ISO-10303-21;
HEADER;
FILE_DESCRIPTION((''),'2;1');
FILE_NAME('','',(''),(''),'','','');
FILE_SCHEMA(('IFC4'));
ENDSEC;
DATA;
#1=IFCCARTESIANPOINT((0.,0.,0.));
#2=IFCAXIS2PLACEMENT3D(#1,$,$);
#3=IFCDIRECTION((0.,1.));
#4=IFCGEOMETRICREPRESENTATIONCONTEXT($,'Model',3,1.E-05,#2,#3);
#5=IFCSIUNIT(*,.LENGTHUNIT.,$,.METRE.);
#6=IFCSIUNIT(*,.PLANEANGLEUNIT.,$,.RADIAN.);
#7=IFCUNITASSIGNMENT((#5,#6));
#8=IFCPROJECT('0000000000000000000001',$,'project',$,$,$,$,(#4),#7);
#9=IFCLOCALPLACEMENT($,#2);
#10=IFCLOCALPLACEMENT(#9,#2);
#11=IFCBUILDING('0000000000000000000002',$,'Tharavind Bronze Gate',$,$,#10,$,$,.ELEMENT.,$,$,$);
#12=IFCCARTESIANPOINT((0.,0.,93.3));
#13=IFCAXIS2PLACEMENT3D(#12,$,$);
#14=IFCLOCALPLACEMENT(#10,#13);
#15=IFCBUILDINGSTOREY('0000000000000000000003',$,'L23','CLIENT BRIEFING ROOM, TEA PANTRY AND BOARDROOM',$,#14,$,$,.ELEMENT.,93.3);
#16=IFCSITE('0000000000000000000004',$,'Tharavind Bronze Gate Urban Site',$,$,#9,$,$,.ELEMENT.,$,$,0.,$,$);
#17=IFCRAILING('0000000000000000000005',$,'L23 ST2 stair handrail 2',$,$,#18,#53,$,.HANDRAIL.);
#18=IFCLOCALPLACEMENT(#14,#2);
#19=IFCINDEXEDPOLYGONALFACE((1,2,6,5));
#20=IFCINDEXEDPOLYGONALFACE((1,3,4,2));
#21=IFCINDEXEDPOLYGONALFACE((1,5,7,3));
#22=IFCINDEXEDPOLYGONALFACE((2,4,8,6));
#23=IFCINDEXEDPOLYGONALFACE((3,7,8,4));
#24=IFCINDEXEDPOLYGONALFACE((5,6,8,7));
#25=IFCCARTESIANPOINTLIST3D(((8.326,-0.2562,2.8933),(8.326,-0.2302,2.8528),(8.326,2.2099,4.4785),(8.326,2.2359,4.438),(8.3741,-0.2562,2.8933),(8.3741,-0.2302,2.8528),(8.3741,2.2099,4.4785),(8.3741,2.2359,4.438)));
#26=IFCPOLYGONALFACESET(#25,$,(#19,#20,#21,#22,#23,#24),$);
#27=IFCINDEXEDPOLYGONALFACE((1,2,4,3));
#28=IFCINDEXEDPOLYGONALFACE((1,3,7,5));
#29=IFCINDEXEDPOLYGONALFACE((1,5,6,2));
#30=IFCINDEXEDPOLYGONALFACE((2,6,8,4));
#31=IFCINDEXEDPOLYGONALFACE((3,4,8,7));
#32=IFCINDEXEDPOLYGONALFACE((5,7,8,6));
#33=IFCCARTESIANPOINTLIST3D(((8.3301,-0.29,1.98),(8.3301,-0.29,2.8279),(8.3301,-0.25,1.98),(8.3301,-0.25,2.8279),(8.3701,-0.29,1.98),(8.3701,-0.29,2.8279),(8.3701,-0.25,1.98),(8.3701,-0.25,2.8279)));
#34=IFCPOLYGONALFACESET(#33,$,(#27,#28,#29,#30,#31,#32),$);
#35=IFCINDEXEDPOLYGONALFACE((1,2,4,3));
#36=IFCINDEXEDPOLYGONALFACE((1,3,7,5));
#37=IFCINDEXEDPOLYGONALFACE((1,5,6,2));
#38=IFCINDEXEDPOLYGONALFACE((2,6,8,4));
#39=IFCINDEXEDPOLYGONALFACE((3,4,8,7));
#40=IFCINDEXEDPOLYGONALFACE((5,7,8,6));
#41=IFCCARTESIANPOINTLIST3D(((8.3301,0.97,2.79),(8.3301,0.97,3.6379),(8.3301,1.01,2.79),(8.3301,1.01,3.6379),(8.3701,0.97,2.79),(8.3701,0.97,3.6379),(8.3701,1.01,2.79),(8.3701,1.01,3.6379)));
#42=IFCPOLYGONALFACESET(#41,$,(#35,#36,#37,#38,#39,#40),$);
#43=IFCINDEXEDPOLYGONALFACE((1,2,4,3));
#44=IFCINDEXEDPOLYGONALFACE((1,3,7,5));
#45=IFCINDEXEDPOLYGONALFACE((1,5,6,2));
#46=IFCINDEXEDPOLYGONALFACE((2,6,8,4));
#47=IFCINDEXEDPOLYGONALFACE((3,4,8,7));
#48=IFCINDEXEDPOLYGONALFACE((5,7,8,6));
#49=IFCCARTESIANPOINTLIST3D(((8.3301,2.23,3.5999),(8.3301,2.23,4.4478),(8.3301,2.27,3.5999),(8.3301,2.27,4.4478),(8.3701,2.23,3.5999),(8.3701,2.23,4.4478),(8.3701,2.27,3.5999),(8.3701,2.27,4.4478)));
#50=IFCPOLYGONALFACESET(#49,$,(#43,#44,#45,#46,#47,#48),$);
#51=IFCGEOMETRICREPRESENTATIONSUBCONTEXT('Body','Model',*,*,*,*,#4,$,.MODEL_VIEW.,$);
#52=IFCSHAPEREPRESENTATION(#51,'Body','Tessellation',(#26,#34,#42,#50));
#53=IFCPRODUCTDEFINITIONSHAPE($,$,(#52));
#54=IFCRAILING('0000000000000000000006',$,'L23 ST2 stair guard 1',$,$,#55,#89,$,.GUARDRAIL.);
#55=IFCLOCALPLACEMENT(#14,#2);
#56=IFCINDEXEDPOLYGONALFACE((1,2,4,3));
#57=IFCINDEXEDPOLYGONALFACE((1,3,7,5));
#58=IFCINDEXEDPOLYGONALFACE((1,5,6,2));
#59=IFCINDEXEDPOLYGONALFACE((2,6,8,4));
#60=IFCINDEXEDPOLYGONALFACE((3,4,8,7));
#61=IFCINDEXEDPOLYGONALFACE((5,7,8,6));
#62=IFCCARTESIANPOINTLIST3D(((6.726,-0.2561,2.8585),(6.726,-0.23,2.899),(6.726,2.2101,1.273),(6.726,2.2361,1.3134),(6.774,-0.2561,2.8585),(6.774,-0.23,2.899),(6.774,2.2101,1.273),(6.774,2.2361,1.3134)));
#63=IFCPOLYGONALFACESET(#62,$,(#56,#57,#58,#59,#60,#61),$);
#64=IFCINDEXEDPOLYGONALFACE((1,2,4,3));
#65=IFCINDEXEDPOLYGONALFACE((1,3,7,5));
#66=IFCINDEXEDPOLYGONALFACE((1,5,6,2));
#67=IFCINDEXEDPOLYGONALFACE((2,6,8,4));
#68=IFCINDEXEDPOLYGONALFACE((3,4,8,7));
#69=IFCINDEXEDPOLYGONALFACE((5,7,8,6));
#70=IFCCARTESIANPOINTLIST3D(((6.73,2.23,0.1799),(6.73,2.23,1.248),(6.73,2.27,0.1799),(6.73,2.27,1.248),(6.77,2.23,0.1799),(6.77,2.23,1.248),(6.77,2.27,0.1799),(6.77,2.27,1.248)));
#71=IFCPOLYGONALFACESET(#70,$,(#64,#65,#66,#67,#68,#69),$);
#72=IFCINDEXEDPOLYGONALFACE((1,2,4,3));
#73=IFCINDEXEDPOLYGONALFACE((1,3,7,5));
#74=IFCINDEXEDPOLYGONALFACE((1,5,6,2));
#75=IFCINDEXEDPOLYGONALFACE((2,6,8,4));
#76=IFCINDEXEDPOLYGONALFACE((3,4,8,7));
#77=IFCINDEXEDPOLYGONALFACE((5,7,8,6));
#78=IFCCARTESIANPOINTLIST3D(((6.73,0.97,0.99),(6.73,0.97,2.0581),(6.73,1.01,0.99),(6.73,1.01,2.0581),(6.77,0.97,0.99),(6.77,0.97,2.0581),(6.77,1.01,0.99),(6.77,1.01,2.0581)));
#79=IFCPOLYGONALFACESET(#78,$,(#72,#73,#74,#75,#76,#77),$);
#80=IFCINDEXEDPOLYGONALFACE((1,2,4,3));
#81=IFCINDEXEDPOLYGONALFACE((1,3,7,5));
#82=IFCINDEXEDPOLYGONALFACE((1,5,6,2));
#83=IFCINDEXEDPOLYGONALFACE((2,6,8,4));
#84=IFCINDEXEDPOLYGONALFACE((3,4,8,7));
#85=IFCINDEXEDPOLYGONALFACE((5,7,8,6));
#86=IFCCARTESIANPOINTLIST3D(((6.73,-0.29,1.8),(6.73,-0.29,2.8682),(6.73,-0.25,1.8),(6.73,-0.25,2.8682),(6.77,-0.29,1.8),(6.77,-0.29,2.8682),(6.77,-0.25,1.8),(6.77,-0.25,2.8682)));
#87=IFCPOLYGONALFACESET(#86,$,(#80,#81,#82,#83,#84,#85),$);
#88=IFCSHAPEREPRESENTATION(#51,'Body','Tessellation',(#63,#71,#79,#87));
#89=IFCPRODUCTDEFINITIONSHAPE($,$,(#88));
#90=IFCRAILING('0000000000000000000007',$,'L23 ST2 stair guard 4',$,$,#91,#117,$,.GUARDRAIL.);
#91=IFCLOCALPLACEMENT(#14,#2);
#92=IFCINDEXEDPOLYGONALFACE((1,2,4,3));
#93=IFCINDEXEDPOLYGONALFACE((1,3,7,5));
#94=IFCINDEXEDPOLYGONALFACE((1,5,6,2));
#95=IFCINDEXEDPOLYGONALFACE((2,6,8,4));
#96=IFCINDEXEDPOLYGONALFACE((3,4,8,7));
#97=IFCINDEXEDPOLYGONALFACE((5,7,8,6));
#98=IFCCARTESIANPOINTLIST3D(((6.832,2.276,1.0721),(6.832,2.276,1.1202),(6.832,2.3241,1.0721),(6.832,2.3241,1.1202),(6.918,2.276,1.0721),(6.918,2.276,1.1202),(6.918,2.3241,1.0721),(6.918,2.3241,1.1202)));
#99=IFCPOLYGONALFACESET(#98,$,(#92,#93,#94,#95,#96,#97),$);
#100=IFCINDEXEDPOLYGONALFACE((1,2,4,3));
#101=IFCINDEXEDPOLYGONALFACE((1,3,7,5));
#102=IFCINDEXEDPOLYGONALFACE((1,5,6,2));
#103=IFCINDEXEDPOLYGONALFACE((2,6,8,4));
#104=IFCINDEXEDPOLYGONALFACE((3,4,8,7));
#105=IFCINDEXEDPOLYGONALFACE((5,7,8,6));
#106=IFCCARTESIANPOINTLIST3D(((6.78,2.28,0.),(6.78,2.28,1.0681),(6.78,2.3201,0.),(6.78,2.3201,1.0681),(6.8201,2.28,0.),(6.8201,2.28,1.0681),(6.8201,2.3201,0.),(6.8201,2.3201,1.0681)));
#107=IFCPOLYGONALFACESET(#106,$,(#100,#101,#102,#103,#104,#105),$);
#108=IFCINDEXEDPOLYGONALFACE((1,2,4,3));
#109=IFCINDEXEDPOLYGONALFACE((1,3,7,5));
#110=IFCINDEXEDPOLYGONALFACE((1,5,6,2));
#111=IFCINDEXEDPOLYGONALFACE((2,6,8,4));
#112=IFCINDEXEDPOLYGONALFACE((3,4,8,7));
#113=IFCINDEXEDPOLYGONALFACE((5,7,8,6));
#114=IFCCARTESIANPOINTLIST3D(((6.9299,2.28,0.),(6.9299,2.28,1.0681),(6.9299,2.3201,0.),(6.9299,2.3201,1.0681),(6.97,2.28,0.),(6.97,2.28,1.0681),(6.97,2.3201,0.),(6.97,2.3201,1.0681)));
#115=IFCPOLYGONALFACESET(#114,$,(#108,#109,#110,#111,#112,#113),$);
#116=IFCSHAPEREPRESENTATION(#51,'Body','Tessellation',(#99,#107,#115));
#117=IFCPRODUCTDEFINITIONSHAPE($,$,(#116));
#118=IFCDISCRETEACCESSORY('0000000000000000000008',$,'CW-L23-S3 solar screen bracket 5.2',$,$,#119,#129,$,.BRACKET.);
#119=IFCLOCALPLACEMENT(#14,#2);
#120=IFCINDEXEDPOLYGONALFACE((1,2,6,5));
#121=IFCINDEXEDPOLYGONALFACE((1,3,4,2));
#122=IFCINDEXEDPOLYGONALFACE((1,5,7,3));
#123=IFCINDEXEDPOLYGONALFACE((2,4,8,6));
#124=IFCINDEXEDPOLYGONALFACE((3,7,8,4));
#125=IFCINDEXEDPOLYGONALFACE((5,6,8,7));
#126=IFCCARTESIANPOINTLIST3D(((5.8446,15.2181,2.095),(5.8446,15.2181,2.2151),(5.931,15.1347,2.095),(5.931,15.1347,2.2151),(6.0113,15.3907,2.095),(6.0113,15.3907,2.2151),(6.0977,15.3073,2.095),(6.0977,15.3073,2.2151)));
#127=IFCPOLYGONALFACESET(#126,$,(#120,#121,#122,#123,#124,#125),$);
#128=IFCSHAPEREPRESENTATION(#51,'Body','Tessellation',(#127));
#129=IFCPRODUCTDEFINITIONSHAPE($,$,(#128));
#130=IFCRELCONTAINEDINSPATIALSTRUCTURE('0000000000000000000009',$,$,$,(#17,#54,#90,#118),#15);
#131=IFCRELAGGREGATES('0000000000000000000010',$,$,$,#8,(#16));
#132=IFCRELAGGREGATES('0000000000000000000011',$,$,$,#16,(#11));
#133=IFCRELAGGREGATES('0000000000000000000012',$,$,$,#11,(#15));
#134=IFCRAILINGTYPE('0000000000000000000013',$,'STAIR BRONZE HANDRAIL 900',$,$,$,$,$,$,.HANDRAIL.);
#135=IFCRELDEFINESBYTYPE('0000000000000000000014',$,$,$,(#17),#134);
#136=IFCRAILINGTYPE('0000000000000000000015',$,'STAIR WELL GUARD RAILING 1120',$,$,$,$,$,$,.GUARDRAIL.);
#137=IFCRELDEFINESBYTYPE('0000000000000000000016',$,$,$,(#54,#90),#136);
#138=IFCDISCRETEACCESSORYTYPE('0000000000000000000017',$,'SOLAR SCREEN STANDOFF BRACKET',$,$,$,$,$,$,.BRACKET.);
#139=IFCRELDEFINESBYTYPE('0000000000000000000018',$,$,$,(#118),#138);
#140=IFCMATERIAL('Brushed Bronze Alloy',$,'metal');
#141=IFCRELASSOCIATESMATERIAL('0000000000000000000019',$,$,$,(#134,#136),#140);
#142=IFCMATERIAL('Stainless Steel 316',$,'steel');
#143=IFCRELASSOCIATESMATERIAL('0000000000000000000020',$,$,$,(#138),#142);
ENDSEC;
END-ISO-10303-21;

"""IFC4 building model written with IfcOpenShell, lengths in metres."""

from ifc_helpers import new_model, si_unit, direction, frame, origin, origin_2d, place, context, subcontext, project, spatial, rectangle, extrude, material, type_object, element, save


model = new_model("IFC4")

# Units and contexts
model_context = context("Model", 3, precision=1e-05, world=origin(), true_north=direction((0.0, 1.0)))
body_context = subcontext(model_context, "Body", "Model", "MODEL_VIEW")
ifc_project = project(units=[si_unit("LENGTHUNIT", "METRE"), si_unit("PLANEANGLEUNIT", "RADIAN")], contexts=[model_context])

# Site, building, storey
site_placement = place(None, origin())
site = spatial("IfcSite", under=ifc_project, at=site_placement, Name="Tharavind Bronze Gate Urban Site", CompositionType="ELEMENT", RefElevation=0.0)
building_placement = place(site_placement, origin())
building = spatial("IfcBuilding", under=site, at=building_placement, Name="Tharavind Bronze Gate", CompositionType="ELEMENT")
storey_placement = place(building_placement, frame((0.0, 0.0, 93.3)))
storey = spatial("IfcBuildingStorey", under=building, at=storey_placement, Name="L23", Description="CLIENT BRIEFING ROOM, TEA PANTRY AND BOARDROOM", CompositionType="ELEMENT", Elevation=93.3)

# Railings
ifc_material_1 = material(Name="Brushed Bronze Alloy", Category="metal")
railing_type_1 = type_object("IfcRailingType", Name="STAIR BRONZE HANDRAIL 900", PredefinedType="HANDRAIL", material=ifc_material_1)
railing_1_placement = place(storey_placement, frame((8.3501, -0.27, 1.98)))
element("IfcRailing", 1, at=railing_1_placement, inside=storey, type_object=railing_type_1, Name="L23 ST2 stair handrail 2", PredefinedType="HANDRAIL", context=body_context, shape_type="SweptSolid", body=[
    extrude(rectangle(XDim=0.0481, YDim=0.0481, at=origin_2d()), frame((0.0, 0.0269, 0.8931), z_axis=(0.0, 0.8412, 0.540725), x_axis=(-1.0, 0.0, 0.0)), (0.0, 0.0, 1.0), 2.9316),
    extrude(rectangle(XDim=0.04, YDim=0.04, at=origin_2d()), origin(), (0.0, 0.0, 1.0), 0.8479),
    extrude(rectangle(XDim=0.04, YDim=0.04, at=origin_2d()), frame((0.0, 1.26, 0.8101)), (0.0, 0.0, 1.0), 0.8479),
    extrude(rectangle(XDim=0.04, YDim=0.04, at=origin_2d()), frame((0.0, 2.52, 1.6199)), (0.0, 0.0, 1.0), 0.8479),
])
railing_type_2 = type_object("IfcRailingType", Name="STAIR WELL GUARD RAILING 1120", PredefinedType="GUARDRAIL", material=ifc_material_1)
railing_2_placement = place(storey_placement, frame((6.75, 2.25, 0.1799)))
element("IfcRailing", 2, at=railing_2_placement, inside=storey, type_object=railing_type_2, Name="L23 ST2 stair guard 1", PredefinedType="GUARDRAIL", context=body_context, shape_type="SweptSolid", body=[
    extrude(rectangle(XDim=0.0481, YDim=0.0481, at=origin_2d()), frame((0.0, -0.0269, 1.1133), z_axis=(0.0, -0.841163, 0.540782), x_axis=(1.0, 0.0, 0.0)), (0.0, 0.0, 1.0), 2.9319),
    extrude(rectangle(XDim=0.04, YDim=0.04, at=origin_2d()), origin(), (0.0, 0.0, 1.0), 1.0681),
    extrude(rectangle(XDim=0.04, YDim=0.04, at=origin_2d()), frame((0.0, -1.26, 0.8101)), (0.0, 0.0, 1.0), 1.0681),
    extrude(rectangle(XDim=0.04, YDim=0.04, at=origin_2d()), frame((0.0, -2.52, 1.6201)), (0.0, 0.0, 1.0), 1.0681),
])
railing_3_placement = place(storey_placement, frame((6.8, 2.3, 0.0)))
element("IfcRailing", 3, at=railing_3_placement, inside=storey, type_object=railing_type_2, Name="L23 ST2 stair guard 4", PredefinedType="GUARDRAIL", context=body_context, shape_type="SweptSolid", body=[
    extrude(rectangle(XDim=0.0481, YDim=0.0481, at=origin_2d()), frame((0.032, 0.0, 1.0962), z_axis=(1.0, 0.0, 0.0), x_axis=(0.0, 1.0, 0.0)), (0.0, 0.0, 1.0), 0.0859),
    extrude(rectangle(XDim=0.04, YDim=0.04, at=origin_2d()), origin(), (0.0, 0.0, 1.0), 1.0681),
    extrude(rectangle(XDim=0.04, YDim=0.04, at=origin_2d()), frame((0.1499, 0.0, 0.0)), (0.0, 0.0, 1.0), 1.0681),
])

# Discrete accessory
ifc_material_2 = material(Name="Stainless Steel 316", Category="steel")
discrete_accessory_type = type_object("IfcDiscreteAccessoryType", Name="SOLAR SCREEN STANDOFF BRACKET", PredefinedType="BRACKET", material=ifc_material_2)
discrete_accessory_placement = place(storey_placement, frame((5.9712, 15.2627, 2.095), z_axis=(0.0, 0.0, 1.0), x_axis=(-0.719341, 0.694657, 0.0)))
element("IfcDiscreteAccessory", 4, at=discrete_accessory_placement, inside=storey, type_object=discrete_accessory_type, Name="CW-L23-S3 solar screen bracket 5.2", PredefinedType="BRACKET", context=body_context, shape_type="SweptSolid", body=[
    extrude(rectangle(XDim=0.1201, YDim=0.24, at=origin_2d()), origin(), (0.0, 0.0, 1.0), 0.1201),
])

save(model, "model.ifc")
